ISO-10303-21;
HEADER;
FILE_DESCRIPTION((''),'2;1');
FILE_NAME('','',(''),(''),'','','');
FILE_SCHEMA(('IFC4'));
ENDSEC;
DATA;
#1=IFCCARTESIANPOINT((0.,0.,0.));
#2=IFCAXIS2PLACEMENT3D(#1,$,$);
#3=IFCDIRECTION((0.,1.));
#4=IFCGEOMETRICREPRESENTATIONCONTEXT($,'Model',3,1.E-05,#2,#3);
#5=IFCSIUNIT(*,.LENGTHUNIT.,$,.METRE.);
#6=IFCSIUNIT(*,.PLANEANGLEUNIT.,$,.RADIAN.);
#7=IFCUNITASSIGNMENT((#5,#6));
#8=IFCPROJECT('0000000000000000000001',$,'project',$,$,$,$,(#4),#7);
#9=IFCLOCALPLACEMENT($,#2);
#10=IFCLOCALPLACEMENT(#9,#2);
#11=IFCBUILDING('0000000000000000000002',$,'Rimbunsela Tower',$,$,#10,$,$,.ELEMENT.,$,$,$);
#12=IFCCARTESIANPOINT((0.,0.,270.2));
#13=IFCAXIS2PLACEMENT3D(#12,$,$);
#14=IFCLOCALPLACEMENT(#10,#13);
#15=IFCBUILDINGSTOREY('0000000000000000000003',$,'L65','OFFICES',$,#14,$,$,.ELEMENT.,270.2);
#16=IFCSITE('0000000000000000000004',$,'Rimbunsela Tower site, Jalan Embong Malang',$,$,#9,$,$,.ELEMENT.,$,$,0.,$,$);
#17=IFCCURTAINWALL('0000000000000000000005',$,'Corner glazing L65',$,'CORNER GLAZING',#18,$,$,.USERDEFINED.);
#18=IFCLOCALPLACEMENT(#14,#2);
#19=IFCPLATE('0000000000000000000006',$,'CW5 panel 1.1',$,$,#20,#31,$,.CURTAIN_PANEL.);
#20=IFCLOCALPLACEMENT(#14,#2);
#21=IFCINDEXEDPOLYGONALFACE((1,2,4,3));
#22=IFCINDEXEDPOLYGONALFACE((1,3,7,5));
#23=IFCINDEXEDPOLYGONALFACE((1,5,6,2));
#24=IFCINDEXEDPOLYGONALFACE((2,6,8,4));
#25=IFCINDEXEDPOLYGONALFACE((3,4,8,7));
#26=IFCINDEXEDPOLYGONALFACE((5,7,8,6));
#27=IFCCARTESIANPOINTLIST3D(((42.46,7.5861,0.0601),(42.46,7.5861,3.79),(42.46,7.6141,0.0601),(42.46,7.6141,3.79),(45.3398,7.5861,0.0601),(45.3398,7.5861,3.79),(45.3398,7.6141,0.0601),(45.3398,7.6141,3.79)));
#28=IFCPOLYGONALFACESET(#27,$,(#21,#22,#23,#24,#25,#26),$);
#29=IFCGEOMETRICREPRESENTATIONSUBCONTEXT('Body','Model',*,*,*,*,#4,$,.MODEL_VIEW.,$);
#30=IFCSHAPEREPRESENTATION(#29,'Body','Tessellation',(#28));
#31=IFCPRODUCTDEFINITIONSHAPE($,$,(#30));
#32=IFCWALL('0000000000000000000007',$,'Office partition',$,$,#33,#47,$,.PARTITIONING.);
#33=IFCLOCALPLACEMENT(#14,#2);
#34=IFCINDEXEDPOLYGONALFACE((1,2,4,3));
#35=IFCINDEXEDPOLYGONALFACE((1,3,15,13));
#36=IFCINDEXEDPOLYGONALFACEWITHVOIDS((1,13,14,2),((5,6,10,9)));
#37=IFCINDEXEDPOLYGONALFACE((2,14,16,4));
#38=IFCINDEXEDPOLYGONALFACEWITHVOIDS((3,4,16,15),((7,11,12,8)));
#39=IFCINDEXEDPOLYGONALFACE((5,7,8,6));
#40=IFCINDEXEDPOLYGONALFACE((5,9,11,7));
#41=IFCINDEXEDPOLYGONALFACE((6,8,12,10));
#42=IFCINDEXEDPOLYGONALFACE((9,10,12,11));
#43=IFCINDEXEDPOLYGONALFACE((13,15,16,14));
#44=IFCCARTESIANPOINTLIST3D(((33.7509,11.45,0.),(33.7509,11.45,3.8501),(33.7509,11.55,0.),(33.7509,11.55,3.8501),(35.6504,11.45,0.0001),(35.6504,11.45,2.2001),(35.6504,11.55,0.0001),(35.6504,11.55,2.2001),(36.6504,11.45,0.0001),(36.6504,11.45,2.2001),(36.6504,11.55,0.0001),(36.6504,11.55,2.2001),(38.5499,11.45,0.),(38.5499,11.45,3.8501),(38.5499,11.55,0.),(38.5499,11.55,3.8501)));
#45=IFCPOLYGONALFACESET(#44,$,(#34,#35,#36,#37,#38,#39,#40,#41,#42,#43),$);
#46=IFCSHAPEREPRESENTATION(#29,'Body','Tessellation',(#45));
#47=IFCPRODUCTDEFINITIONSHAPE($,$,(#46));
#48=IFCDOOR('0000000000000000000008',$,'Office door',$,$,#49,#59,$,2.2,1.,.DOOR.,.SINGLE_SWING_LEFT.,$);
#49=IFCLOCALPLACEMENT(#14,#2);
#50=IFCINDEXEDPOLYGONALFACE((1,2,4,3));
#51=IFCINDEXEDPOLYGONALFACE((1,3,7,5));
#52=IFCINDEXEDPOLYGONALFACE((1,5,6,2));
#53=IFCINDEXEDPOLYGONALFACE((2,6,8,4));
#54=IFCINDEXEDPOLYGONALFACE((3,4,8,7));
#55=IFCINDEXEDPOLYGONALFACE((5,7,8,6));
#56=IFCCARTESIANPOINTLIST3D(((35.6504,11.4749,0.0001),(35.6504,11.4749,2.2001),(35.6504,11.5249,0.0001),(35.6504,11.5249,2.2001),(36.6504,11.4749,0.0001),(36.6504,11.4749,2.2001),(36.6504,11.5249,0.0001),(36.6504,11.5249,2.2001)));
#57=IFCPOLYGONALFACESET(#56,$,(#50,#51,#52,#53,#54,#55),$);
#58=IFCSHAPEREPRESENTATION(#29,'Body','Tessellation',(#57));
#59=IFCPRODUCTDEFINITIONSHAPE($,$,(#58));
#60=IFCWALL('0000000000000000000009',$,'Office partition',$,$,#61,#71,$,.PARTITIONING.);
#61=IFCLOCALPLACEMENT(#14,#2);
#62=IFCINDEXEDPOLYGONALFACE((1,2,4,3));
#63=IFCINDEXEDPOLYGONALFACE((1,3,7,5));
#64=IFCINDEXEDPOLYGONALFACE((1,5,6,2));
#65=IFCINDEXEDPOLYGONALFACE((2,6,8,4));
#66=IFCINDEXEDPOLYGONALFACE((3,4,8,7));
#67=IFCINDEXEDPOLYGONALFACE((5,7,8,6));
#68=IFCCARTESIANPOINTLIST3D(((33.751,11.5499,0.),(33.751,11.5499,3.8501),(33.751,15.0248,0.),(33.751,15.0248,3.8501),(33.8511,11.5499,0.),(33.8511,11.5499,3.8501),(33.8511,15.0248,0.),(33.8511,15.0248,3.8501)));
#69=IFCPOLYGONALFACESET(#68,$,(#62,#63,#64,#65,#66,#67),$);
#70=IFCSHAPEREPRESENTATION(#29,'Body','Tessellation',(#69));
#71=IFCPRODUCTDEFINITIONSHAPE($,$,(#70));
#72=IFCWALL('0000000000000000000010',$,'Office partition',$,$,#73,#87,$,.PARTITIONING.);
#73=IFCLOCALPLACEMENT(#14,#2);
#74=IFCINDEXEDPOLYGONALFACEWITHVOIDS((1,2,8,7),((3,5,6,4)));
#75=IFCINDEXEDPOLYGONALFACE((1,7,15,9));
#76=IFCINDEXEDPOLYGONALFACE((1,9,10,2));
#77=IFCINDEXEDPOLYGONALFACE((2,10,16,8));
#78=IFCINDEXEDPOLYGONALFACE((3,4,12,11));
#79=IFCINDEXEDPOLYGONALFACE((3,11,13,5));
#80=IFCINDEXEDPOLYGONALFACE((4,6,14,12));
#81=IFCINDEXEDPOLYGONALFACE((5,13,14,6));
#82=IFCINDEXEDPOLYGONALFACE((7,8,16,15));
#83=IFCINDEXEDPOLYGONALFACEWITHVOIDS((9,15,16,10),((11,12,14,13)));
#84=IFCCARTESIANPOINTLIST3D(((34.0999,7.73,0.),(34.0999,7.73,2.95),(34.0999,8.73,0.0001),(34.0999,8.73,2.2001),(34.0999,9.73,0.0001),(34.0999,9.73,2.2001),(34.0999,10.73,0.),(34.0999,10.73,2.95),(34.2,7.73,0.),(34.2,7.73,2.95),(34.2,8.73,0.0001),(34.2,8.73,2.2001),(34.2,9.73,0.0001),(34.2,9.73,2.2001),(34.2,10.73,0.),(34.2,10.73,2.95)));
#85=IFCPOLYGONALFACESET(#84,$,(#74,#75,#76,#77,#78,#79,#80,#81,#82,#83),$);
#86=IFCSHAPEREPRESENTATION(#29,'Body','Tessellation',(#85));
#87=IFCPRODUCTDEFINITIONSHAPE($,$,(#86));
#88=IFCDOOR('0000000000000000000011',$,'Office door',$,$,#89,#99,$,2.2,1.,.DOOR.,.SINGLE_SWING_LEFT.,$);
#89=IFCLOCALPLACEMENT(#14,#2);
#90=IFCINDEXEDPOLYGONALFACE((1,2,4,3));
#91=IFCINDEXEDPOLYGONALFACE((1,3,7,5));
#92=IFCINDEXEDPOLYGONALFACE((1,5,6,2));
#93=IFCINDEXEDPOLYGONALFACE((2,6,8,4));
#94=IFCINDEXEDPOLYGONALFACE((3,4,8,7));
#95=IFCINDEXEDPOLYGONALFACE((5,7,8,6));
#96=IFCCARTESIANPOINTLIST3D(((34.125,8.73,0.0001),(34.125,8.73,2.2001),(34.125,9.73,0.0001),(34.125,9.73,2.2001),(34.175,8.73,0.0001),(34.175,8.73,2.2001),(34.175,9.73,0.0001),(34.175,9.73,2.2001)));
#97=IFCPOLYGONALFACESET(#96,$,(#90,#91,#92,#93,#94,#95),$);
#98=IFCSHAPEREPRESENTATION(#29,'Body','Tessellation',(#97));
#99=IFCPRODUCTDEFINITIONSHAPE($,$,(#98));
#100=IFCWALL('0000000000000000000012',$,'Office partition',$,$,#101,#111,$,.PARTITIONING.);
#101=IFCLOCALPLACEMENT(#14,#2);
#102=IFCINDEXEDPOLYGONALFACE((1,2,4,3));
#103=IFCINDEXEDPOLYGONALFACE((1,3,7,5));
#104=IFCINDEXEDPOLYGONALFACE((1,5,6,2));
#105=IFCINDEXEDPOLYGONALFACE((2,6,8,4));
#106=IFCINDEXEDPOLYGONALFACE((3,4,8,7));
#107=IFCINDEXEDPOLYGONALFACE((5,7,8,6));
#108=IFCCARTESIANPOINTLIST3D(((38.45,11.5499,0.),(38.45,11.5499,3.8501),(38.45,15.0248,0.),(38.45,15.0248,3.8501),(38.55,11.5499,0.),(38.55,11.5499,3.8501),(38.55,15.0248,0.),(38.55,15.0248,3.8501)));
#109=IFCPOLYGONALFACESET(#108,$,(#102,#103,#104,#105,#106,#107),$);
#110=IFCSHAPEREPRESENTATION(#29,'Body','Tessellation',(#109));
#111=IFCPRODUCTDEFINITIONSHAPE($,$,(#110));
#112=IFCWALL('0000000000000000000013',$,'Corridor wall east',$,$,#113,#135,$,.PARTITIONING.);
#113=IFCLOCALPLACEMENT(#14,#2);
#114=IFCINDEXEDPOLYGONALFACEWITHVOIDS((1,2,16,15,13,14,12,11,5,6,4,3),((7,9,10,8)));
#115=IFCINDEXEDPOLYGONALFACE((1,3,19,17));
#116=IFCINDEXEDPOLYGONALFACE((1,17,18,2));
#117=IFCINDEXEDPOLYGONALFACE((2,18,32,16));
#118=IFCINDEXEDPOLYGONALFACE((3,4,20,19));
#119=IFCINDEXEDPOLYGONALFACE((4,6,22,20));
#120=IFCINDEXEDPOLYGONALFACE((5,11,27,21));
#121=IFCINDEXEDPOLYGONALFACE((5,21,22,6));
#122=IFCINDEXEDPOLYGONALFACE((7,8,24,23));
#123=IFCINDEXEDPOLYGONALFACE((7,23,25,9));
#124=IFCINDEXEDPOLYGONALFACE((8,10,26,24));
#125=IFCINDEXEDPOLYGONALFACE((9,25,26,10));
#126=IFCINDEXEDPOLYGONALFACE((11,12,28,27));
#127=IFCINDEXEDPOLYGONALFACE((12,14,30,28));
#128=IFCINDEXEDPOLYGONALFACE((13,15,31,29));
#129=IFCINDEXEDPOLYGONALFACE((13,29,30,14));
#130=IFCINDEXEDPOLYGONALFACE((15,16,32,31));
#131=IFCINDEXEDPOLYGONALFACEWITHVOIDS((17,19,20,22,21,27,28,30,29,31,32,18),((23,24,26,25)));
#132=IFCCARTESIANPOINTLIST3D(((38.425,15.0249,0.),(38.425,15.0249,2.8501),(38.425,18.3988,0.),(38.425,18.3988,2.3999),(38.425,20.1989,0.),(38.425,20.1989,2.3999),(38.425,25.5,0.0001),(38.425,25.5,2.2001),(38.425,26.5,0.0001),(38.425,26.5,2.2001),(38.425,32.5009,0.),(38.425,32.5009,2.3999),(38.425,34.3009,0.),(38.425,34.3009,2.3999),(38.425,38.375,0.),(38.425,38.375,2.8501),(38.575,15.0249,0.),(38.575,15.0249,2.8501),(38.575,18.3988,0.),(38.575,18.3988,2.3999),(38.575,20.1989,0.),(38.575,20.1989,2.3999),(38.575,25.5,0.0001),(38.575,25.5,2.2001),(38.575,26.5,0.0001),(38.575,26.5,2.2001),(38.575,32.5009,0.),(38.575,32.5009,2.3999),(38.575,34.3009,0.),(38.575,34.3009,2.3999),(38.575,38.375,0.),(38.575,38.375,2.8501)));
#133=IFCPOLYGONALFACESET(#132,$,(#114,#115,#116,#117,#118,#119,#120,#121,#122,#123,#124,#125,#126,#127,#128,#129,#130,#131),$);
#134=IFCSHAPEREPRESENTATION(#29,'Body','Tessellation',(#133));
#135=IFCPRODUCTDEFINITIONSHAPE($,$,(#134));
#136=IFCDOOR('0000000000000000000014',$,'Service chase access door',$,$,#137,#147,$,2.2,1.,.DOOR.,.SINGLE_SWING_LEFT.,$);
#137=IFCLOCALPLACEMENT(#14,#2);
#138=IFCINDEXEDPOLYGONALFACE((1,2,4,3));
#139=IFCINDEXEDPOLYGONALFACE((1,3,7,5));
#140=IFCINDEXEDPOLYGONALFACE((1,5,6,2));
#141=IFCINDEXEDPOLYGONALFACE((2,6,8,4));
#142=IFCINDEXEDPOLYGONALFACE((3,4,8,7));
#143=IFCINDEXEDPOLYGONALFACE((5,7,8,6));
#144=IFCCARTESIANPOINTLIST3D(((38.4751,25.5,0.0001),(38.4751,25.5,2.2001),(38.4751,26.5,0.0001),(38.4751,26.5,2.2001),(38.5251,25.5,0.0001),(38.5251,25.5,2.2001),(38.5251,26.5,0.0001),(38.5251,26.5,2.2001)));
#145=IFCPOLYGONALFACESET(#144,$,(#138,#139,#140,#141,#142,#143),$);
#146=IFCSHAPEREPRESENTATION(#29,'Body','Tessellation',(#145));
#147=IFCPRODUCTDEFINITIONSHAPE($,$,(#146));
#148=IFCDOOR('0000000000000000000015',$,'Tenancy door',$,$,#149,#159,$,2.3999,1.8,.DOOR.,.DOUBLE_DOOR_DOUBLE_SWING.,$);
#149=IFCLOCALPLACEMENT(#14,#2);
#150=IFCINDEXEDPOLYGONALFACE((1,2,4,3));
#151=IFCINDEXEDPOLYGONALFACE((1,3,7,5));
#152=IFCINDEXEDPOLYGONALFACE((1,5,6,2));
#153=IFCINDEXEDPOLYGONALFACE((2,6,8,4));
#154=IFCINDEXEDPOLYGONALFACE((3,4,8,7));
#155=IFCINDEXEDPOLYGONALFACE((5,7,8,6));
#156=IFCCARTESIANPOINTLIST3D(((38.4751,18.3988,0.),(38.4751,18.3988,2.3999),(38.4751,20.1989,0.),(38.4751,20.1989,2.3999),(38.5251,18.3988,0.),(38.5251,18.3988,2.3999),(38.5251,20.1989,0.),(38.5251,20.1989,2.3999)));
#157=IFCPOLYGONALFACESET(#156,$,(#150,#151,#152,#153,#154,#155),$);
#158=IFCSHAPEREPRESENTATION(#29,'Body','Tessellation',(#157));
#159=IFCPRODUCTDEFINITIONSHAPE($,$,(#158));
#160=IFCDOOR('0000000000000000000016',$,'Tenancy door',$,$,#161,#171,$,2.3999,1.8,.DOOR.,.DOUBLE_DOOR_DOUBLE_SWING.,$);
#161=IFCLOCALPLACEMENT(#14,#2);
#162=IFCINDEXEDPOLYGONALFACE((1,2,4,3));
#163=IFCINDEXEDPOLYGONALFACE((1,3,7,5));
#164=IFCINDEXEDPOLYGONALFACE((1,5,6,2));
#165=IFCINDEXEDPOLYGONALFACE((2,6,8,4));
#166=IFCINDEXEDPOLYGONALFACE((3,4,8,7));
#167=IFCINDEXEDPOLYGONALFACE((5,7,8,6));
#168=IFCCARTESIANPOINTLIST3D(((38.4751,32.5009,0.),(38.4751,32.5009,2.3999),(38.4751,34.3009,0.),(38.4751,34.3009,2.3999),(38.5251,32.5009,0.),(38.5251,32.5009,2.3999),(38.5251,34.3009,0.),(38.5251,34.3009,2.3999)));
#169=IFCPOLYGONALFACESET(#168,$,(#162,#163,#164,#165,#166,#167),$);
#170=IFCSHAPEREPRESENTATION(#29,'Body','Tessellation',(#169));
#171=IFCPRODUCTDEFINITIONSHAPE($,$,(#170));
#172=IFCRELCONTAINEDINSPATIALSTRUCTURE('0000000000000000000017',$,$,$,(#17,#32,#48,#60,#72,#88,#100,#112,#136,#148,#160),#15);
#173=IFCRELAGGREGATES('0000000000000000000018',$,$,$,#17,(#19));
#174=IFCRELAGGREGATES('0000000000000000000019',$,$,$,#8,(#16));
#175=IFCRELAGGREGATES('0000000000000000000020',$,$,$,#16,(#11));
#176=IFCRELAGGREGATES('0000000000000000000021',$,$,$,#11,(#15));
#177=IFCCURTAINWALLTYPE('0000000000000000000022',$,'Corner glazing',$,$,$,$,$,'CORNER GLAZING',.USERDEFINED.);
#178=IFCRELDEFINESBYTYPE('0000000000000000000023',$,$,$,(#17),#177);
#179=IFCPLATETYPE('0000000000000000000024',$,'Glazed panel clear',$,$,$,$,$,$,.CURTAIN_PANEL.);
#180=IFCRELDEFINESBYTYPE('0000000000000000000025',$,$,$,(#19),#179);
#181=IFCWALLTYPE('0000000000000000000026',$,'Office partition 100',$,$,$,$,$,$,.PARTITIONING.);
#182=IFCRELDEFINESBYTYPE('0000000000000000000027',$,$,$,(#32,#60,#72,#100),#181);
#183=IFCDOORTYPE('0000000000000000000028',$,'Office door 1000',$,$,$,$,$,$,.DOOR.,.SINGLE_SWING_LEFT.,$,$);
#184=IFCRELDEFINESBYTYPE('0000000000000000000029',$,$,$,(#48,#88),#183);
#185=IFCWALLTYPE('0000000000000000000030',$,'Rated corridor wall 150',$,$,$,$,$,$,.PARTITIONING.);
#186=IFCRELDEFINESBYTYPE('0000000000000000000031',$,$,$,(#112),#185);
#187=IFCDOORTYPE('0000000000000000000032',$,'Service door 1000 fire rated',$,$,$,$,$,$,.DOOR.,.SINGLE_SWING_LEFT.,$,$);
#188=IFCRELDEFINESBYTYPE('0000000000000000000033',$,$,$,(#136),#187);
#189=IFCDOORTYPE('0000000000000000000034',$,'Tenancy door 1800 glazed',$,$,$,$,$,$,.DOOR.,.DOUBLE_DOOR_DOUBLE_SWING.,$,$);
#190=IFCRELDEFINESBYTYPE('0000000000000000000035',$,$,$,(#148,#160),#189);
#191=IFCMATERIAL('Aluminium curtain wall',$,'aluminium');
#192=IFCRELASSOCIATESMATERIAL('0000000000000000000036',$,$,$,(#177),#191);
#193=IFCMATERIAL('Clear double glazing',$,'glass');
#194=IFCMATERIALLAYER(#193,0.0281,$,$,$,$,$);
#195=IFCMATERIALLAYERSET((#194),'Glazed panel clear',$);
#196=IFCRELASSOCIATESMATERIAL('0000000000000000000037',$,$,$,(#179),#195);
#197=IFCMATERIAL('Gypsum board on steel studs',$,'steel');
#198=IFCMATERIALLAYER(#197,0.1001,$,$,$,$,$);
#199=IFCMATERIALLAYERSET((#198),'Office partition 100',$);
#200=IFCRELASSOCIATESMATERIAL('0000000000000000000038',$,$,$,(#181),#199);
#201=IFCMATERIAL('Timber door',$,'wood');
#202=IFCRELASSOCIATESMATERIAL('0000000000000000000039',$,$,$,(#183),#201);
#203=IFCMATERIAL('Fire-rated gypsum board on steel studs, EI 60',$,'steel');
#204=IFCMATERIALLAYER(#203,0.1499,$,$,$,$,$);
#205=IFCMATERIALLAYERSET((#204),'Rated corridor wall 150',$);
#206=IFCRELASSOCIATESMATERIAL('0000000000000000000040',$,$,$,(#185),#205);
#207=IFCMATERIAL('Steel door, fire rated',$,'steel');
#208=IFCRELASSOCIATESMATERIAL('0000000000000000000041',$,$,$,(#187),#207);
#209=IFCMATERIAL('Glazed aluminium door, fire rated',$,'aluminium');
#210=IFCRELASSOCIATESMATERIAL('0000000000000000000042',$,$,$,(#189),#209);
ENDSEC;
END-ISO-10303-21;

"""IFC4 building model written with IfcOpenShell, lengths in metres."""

from ifc_helpers import new_model, si_unit, direction, frame, frame_2d, origin, origin_2d, place, context, subcontext, project, spatial, rectangle, extrude, material, layer, layer_set, type_object, element, fill, aggregate, save


model = new_model("IFC4")

# Units and contexts
model_context = context("Model", 3, precision=1e-05, world=origin(), true_north=direction((0.0, 1.0)))
body_context = subcontext(model_context, "Body", "Model", "MODEL_VIEW")
ifc_project = project(units=[si_unit("LENGTHUNIT", "METRE"), si_unit("PLANEANGLEUNIT", "RADIAN")], contexts=[model_context])

# Site, building, storey
site_placement = place(None, origin())
site = spatial("IfcSite", under=ifc_project, at=site_placement, Name="Rimbunsela Tower site, Jalan Embong Malang", CompositionType="ELEMENT", RefElevation=0.0)
building_placement = place(site_placement, origin())
building = spatial("IfcBuilding", under=site, at=building_placement, Name="Rimbunsela Tower", CompositionType="ELEMENT")
storey_placement = place(building_placement, frame((0.0, 0.0, 270.2)))
storey = spatial("IfcBuildingStorey", under=building, at=storey_placement, Name="L65", Description="OFFICES", CompositionType="ELEMENT", Elevation=270.2)

# Curtain wall
ifc_material_1 = material(Name="Aluminium curtain wall", Category="aluminium")
curtain_wall_type = type_object("IfcCurtainWallType", Name="Corner glazing", ElementType="CORNER GLAZING", PredefinedType="USERDEFINED", material=ifc_material_1)
curtain_wall_placement = place(storey_placement, origin())
curtain_wall = element("IfcCurtainWall", 1, at=curtain_wall_placement, inside=storey, type_object=curtain_wall_type, Name="Corner glazing L65", ObjectType="CORNER GLAZING", PredefinedType="USERDEFINED")

# Plate
ifc_material_2 = material(Name="Clear double glazing", Category="glass")
ifc_layer_1 = layer(ifc_material_2, 0.0281)
ifc_layer_set_1 = layer_set([ifc_layer_1], Name="Glazed panel clear")
plate_type = type_object("IfcPlateType", Name="Glazed panel clear", PredefinedType="CURTAIN_PANEL", material=ifc_layer_set_1)
plate_placement = place(storey_placement, frame((43.8999, 7.6001, 0.0601), z_axis=(0.0, 0.0, 1.0), x_axis=(1.0, 0.0, 0.0)))
plate = element("IfcPlate", 2, at=plate_placement, type_object=plate_type, Name="CW5 panel 1.1", PredefinedType="CURTAIN_PANEL", context=body_context, shape_type="SweptSolid", body=[
    extrude(rectangle(XDim=2.8799, YDim=0.0281, at=origin_2d()), origin(), (0.0, 0.0, 1.0), 3.73),
])
aggregate(curtain_wall, [plate])

# Wall, opening, door
ifc_material_3 = material(Name="Gypsum board on steel studs", Category="steel")
ifc_layer_2 = layer(ifc_material_3, 0.1001)
ifc_layer_set_2 = layer_set([ifc_layer_2], Name="Office partition 100")
wall_type_1 = type_object("IfcWallType", Name="Office partition 100", PredefinedType="PARTITIONING", material=ifc_layer_set_2)
wall_1_placement = place(storey_placement, frame((33.751, 11.5, 0.0), z_axis=(0.0, 0.0, 1.0), x_axis=(1.0, 0.0, 0.0)))
wall_1 = element("IfcWall", 3, at=wall_1_placement, inside=storey, type_object=wall_type_1, Name="Office partition", PredefinedType="PARTITIONING", context=body_context, shape_type="SweptSolid", body=[
    extrude(rectangle(XDim=4.7991, YDim=0.1001, at=frame_2d((2.3994, 0.0))), origin(), (0.0, 0.0, 1.0), 3.8501),
])
opening_1_placement = place(wall_1_placement, frame((1.8994, 0.0, 0.0)))
opening_1 = element("IfcOpeningElement", 4, at=opening_1_placement, cuts=wall_1, PredefinedType="OPENING", context=body_context, shape_type="SweptSolid", body=[
    extrude(rectangle(XDim=1.0, YDim=2.2, at=frame_2d((0.5, 1.1001))), frame((0.0, 0.0601, 0.0), z_axis=(0.0, -1.0, 0.0), x_axis=(1.0, 0.0, 0.0)), (0.0, 0.0, 1.0), 0.1201),
])
ifc_material_4 = material(Name="Timber door", Category="wood")
door_type_1 = type_object("IfcDoorType", Name="Office door 1000", OperationType="SINGLE_SWING_LEFT", PredefinedType="DOOR", material=ifc_material_4)
door_1_placement = place(opening_1_placement, origin())
door_1 = element("IfcDoor", 5, at=door_1_placement, inside=storey, type_object=door_type_1, Name="Office door", OperationType="SINGLE_SWING_LEFT", OverallHeight=2.2, OverallWidth=1.0, PredefinedType="DOOR", context=body_context, shape_type="SweptSolid", body=[
    extrude(rectangle(XDim=1.0, YDim=2.2, at=frame_2d((0.5, 1.1001))), frame((0.0, 0.0249, 0.0), z_axis=(0.0, -1.0, 0.0), x_axis=(1.0, 0.0, 0.0)), (0.0, 0.0, 1.0), 0.05),
])
fill(opening_1, door_1)

# Wall
wall_2_placement = place(storey_placement, frame((33.801, 11.55, 0.0), z_axis=(0.0, 0.0, 1.0), x_axis=(0.0, 1.0, 0.0)))
element("IfcWall", 6, at=wall_2_placement, inside=storey, type_object=wall_type_1, Name="Office partition", PredefinedType="PARTITIONING", context=body_context, shape_type="SweptSolid", body=[
    extrude(rectangle(XDim=3.4749, YDim=0.1001, at=frame_2d((1.7373, 0.0))), origin(), (0.0, 0.0, 1.0), 3.8501),
])

# Wall, opening, door
wall_3_placement = place(storey_placement, frame((34.1499, 7.73, 0.0), z_axis=(0.0, 0.0, 1.0), x_axis=(0.0, 1.0, 0.0)))
wall_3 = element("IfcWall", 7, at=wall_3_placement, inside=storey, type_object=wall_type_1, Name="Office partition", PredefinedType="PARTITIONING", context=body_context, shape_type="SweptSolid", body=[
    extrude(rectangle(XDim=3.0, YDim=0.1001, at=frame_2d((1.5, 0.0))), origin(), (0.0, 0.0, 1.0), 2.95),
])
opening_2_placement = place(wall_3_placement, frame((1.0, 0.0, 0.0)))
opening_2 = element("IfcOpeningElement", 8, at=opening_2_placement, cuts=wall_3, PredefinedType="OPENING", context=body_context, shape_type="SweptSolid", body=[
    extrude(rectangle(XDim=1.0, YDim=2.2, at=frame_2d((0.5, 1.1001))), frame((0.0, 0.0601, 0.0), z_axis=(0.0, -1.0, 0.0), x_axis=(1.0, 0.0, 0.0)), (0.0, 0.0, 1.0), 0.1201),
])
door_2_placement = place(opening_2_placement, origin())
door_2 = element("IfcDoor", 9, at=door_2_placement, inside=storey, type_object=door_type_1, Name="Office door", OperationType="SINGLE_SWING_LEFT", OverallHeight=2.2, OverallWidth=1.0, PredefinedType="DOOR", context=body_context, shape_type="SweptSolid", body=[
    extrude(rectangle(XDim=1.0, YDim=2.2, at=frame_2d((0.5, 1.1001))), frame((0.0, 0.0249, 0.0), z_axis=(0.0, -1.0, 0.0), x_axis=(1.0, 0.0, 0.0)), (0.0, 0.0, 1.0), 0.05),
])
fill(opening_2, door_2)

# Wall
wall_4_placement = place(storey_placement, frame((38.5, 11.55, 0.0), z_axis=(0.0, 0.0, 1.0), x_axis=(0.0, 1.0, 0.0)))
element("IfcWall", 10, at=wall_4_placement, inside=storey, type_object=wall_type_1, Name="Office partition", PredefinedType="PARTITIONING", context=body_context, shape_type="SweptSolid", body=[
    extrude(rectangle(XDim=3.4749, YDim=0.1001, at=frame_2d((1.7373, 0.0))), origin(), (0.0, 0.0, 1.0), 3.8501),
])

# Wall, openings, doors
ifc_material_5 = material(Name="Fire-rated gypsum board on steel studs, EI 60", Category="steel")
ifc_layer_3 = layer(ifc_material_5, 0.1499)
ifc_layer_set_3 = layer_set([ifc_layer_3], Name="Rated corridor wall 150")
wall_type_2 = type_object("IfcWallType", Name="Rated corridor wall 150", PredefinedType="PARTITIONING", material=ifc_layer_set_3)
wall_5_placement = place(storey_placement, frame((38.5, 15.0249, 0.0), z_axis=(0.0, 0.0, 1.0), x_axis=(0.0, 1.0, 0.0)))
wall_5 = element("IfcWall", 11, at=wall_5_placement, inside=storey, type_object=wall_type_2, Name="Corridor wall east", PredefinedType="PARTITIONING", context=body_context, shape_type="SweptSolid", body=[
    extrude(rectangle(XDim=23.3501, YDim=0.1499, at=frame_2d((11.675, 0.0))), origin(), (0.0, 0.0, 1.0), 2.8501),
])
opening_3_placement = place(wall_5_placement, frame((3.374, 0.0, 0.0)))
opening_3 = element("IfcOpeningElement", 12, at=opening_3_placement, cuts=wall_5, PredefinedType="OPENING", context=body_context, shape_type="SweptSolid", body=[
    extrude(rectangle(XDim=1.8, YDim=2.3999, at=frame_2d((0.8999, 1.2))), frame((0.0, 0.085, 0.0), z_axis=(0.0, -1.0, 0.0), x_axis=(1.0, 0.0, 0.0)), (0.0, 0.0, 1.0), 0.1699),
])
opening_4_placement = place(wall_5_placement, frame((17.4761, 0.0, 0.0)))
opening_4 = element("IfcOpeningElement", 13, at=opening_4_placement, cuts=wall_5, PredefinedType="OPENING", context=body_context, shape_type="SweptSolid", body=[
    extrude(rectangle(XDim=1.8, YDim=2.3999, at=frame_2d((0.8999, 1.2))), frame((0.0, 0.085, 0.0), z_axis=(0.0, -1.0, 0.0), x_axis=(1.0, 0.0, 0.0)), (0.0, 0.0, 1.0), 0.1699),
])
opening_5_placement = place(wall_5_placement, frame((10.4751, 0.0, 0.0)))
opening_5 = element("IfcOpeningElement", 14, at=opening_5_placement, cuts=wall_5, PredefinedType="OPENING", context=body_context, shape_type="SweptSolid", body=[
    extrude(rectangle(XDim=1.0, YDim=2.2, at=frame_2d((0.5, 1.1001))), frame((0.0, 0.085, 0.0), z_axis=(0.0, -1.0, 0.0), x_axis=(1.0, 0.0, 0.0)), (0.0, 0.0, 1.0), 0.1699),
])
ifc_material_6 = material(Name="Steel door, fire rated", Category="steel")
door_type_2 = type_object("IfcDoorType", Name="Service door 1000 fire rated", OperationType="SINGLE_SWING_LEFT", PredefinedType="DOOR", material=ifc_material_6)
door_3_placement = place(opening_5_placement, origin())
door_3 = element("IfcDoor", 15, at=door_3_placement, inside=storey, type_object=door_type_2, Name="Service chase access door", OperationType="SINGLE_SWING_LEFT", OverallHeight=2.2, OverallWidth=1.0, PredefinedType="DOOR", context=body_context, shape_type="SweptSolid", body=[
    extrude(rectangle(XDim=1.0, YDim=2.2, at=frame_2d((0.5, 1.1001))), frame((0.0, 0.0249, 0.0), z_axis=(0.0, -1.0, 0.0), x_axis=(1.0, 0.0, 0.0)), (0.0, 0.0, 1.0), 0.05),
])
fill(opening_5, door_3)
ifc_material_7 = material(Name="Glazed aluminium door, fire rated", Category="aluminium")
door_type_3 = type_object("IfcDoorType", Name="Tenancy door 1800 glazed", OperationType="DOUBLE_DOOR_DOUBLE_SWING", PredefinedType="DOOR", material=ifc_material_7)
door_4_placement = place(opening_3_placement, origin())
door_4 = element("IfcDoor", 16, at=door_4_placement, inside=storey, type_object=door_type_3, Name="Tenancy door", OperationType="DOUBLE_DOOR_DOUBLE_SWING", OverallHeight=2.3999, OverallWidth=1.8, PredefinedType="DOOR", context=body_context, shape_type="SweptSolid", body=[
    extrude(rectangle(XDim=1.8, YDim=2.3999, at=frame_2d((0.8999, 1.2))), frame((0.0, 0.0249, 0.0), z_axis=(0.0, -1.0, 0.0), x_axis=(1.0, 0.0, 0.0)), (0.0, 0.0, 1.0), 0.05),
])
fill(opening_3, door_4)
door_5_placement = place(opening_4_placement, origin())
door_5 = element("IfcDoor", 17, at=door_5_placement, inside=storey, type_object=door_type_3, Name="Tenancy door", OperationType="DOUBLE_DOOR_DOUBLE_SWING", OverallHeight=2.3999, OverallWidth=1.8, PredefinedType="DOOR", context=body_context, shape_type="SweptSolid", body=[
    extrude(rectangle(XDim=1.8, YDim=2.3999, at=frame_2d((0.8999, 1.2))), frame((0.0, 0.0249, 0.0), z_axis=(0.0, -1.0, 0.0), x_axis=(1.0, 0.0, 0.0)), (0.0, 0.0, 1.0), 0.05),
])
fill(opening_4, door_5)

save(model, "model.ifc")
